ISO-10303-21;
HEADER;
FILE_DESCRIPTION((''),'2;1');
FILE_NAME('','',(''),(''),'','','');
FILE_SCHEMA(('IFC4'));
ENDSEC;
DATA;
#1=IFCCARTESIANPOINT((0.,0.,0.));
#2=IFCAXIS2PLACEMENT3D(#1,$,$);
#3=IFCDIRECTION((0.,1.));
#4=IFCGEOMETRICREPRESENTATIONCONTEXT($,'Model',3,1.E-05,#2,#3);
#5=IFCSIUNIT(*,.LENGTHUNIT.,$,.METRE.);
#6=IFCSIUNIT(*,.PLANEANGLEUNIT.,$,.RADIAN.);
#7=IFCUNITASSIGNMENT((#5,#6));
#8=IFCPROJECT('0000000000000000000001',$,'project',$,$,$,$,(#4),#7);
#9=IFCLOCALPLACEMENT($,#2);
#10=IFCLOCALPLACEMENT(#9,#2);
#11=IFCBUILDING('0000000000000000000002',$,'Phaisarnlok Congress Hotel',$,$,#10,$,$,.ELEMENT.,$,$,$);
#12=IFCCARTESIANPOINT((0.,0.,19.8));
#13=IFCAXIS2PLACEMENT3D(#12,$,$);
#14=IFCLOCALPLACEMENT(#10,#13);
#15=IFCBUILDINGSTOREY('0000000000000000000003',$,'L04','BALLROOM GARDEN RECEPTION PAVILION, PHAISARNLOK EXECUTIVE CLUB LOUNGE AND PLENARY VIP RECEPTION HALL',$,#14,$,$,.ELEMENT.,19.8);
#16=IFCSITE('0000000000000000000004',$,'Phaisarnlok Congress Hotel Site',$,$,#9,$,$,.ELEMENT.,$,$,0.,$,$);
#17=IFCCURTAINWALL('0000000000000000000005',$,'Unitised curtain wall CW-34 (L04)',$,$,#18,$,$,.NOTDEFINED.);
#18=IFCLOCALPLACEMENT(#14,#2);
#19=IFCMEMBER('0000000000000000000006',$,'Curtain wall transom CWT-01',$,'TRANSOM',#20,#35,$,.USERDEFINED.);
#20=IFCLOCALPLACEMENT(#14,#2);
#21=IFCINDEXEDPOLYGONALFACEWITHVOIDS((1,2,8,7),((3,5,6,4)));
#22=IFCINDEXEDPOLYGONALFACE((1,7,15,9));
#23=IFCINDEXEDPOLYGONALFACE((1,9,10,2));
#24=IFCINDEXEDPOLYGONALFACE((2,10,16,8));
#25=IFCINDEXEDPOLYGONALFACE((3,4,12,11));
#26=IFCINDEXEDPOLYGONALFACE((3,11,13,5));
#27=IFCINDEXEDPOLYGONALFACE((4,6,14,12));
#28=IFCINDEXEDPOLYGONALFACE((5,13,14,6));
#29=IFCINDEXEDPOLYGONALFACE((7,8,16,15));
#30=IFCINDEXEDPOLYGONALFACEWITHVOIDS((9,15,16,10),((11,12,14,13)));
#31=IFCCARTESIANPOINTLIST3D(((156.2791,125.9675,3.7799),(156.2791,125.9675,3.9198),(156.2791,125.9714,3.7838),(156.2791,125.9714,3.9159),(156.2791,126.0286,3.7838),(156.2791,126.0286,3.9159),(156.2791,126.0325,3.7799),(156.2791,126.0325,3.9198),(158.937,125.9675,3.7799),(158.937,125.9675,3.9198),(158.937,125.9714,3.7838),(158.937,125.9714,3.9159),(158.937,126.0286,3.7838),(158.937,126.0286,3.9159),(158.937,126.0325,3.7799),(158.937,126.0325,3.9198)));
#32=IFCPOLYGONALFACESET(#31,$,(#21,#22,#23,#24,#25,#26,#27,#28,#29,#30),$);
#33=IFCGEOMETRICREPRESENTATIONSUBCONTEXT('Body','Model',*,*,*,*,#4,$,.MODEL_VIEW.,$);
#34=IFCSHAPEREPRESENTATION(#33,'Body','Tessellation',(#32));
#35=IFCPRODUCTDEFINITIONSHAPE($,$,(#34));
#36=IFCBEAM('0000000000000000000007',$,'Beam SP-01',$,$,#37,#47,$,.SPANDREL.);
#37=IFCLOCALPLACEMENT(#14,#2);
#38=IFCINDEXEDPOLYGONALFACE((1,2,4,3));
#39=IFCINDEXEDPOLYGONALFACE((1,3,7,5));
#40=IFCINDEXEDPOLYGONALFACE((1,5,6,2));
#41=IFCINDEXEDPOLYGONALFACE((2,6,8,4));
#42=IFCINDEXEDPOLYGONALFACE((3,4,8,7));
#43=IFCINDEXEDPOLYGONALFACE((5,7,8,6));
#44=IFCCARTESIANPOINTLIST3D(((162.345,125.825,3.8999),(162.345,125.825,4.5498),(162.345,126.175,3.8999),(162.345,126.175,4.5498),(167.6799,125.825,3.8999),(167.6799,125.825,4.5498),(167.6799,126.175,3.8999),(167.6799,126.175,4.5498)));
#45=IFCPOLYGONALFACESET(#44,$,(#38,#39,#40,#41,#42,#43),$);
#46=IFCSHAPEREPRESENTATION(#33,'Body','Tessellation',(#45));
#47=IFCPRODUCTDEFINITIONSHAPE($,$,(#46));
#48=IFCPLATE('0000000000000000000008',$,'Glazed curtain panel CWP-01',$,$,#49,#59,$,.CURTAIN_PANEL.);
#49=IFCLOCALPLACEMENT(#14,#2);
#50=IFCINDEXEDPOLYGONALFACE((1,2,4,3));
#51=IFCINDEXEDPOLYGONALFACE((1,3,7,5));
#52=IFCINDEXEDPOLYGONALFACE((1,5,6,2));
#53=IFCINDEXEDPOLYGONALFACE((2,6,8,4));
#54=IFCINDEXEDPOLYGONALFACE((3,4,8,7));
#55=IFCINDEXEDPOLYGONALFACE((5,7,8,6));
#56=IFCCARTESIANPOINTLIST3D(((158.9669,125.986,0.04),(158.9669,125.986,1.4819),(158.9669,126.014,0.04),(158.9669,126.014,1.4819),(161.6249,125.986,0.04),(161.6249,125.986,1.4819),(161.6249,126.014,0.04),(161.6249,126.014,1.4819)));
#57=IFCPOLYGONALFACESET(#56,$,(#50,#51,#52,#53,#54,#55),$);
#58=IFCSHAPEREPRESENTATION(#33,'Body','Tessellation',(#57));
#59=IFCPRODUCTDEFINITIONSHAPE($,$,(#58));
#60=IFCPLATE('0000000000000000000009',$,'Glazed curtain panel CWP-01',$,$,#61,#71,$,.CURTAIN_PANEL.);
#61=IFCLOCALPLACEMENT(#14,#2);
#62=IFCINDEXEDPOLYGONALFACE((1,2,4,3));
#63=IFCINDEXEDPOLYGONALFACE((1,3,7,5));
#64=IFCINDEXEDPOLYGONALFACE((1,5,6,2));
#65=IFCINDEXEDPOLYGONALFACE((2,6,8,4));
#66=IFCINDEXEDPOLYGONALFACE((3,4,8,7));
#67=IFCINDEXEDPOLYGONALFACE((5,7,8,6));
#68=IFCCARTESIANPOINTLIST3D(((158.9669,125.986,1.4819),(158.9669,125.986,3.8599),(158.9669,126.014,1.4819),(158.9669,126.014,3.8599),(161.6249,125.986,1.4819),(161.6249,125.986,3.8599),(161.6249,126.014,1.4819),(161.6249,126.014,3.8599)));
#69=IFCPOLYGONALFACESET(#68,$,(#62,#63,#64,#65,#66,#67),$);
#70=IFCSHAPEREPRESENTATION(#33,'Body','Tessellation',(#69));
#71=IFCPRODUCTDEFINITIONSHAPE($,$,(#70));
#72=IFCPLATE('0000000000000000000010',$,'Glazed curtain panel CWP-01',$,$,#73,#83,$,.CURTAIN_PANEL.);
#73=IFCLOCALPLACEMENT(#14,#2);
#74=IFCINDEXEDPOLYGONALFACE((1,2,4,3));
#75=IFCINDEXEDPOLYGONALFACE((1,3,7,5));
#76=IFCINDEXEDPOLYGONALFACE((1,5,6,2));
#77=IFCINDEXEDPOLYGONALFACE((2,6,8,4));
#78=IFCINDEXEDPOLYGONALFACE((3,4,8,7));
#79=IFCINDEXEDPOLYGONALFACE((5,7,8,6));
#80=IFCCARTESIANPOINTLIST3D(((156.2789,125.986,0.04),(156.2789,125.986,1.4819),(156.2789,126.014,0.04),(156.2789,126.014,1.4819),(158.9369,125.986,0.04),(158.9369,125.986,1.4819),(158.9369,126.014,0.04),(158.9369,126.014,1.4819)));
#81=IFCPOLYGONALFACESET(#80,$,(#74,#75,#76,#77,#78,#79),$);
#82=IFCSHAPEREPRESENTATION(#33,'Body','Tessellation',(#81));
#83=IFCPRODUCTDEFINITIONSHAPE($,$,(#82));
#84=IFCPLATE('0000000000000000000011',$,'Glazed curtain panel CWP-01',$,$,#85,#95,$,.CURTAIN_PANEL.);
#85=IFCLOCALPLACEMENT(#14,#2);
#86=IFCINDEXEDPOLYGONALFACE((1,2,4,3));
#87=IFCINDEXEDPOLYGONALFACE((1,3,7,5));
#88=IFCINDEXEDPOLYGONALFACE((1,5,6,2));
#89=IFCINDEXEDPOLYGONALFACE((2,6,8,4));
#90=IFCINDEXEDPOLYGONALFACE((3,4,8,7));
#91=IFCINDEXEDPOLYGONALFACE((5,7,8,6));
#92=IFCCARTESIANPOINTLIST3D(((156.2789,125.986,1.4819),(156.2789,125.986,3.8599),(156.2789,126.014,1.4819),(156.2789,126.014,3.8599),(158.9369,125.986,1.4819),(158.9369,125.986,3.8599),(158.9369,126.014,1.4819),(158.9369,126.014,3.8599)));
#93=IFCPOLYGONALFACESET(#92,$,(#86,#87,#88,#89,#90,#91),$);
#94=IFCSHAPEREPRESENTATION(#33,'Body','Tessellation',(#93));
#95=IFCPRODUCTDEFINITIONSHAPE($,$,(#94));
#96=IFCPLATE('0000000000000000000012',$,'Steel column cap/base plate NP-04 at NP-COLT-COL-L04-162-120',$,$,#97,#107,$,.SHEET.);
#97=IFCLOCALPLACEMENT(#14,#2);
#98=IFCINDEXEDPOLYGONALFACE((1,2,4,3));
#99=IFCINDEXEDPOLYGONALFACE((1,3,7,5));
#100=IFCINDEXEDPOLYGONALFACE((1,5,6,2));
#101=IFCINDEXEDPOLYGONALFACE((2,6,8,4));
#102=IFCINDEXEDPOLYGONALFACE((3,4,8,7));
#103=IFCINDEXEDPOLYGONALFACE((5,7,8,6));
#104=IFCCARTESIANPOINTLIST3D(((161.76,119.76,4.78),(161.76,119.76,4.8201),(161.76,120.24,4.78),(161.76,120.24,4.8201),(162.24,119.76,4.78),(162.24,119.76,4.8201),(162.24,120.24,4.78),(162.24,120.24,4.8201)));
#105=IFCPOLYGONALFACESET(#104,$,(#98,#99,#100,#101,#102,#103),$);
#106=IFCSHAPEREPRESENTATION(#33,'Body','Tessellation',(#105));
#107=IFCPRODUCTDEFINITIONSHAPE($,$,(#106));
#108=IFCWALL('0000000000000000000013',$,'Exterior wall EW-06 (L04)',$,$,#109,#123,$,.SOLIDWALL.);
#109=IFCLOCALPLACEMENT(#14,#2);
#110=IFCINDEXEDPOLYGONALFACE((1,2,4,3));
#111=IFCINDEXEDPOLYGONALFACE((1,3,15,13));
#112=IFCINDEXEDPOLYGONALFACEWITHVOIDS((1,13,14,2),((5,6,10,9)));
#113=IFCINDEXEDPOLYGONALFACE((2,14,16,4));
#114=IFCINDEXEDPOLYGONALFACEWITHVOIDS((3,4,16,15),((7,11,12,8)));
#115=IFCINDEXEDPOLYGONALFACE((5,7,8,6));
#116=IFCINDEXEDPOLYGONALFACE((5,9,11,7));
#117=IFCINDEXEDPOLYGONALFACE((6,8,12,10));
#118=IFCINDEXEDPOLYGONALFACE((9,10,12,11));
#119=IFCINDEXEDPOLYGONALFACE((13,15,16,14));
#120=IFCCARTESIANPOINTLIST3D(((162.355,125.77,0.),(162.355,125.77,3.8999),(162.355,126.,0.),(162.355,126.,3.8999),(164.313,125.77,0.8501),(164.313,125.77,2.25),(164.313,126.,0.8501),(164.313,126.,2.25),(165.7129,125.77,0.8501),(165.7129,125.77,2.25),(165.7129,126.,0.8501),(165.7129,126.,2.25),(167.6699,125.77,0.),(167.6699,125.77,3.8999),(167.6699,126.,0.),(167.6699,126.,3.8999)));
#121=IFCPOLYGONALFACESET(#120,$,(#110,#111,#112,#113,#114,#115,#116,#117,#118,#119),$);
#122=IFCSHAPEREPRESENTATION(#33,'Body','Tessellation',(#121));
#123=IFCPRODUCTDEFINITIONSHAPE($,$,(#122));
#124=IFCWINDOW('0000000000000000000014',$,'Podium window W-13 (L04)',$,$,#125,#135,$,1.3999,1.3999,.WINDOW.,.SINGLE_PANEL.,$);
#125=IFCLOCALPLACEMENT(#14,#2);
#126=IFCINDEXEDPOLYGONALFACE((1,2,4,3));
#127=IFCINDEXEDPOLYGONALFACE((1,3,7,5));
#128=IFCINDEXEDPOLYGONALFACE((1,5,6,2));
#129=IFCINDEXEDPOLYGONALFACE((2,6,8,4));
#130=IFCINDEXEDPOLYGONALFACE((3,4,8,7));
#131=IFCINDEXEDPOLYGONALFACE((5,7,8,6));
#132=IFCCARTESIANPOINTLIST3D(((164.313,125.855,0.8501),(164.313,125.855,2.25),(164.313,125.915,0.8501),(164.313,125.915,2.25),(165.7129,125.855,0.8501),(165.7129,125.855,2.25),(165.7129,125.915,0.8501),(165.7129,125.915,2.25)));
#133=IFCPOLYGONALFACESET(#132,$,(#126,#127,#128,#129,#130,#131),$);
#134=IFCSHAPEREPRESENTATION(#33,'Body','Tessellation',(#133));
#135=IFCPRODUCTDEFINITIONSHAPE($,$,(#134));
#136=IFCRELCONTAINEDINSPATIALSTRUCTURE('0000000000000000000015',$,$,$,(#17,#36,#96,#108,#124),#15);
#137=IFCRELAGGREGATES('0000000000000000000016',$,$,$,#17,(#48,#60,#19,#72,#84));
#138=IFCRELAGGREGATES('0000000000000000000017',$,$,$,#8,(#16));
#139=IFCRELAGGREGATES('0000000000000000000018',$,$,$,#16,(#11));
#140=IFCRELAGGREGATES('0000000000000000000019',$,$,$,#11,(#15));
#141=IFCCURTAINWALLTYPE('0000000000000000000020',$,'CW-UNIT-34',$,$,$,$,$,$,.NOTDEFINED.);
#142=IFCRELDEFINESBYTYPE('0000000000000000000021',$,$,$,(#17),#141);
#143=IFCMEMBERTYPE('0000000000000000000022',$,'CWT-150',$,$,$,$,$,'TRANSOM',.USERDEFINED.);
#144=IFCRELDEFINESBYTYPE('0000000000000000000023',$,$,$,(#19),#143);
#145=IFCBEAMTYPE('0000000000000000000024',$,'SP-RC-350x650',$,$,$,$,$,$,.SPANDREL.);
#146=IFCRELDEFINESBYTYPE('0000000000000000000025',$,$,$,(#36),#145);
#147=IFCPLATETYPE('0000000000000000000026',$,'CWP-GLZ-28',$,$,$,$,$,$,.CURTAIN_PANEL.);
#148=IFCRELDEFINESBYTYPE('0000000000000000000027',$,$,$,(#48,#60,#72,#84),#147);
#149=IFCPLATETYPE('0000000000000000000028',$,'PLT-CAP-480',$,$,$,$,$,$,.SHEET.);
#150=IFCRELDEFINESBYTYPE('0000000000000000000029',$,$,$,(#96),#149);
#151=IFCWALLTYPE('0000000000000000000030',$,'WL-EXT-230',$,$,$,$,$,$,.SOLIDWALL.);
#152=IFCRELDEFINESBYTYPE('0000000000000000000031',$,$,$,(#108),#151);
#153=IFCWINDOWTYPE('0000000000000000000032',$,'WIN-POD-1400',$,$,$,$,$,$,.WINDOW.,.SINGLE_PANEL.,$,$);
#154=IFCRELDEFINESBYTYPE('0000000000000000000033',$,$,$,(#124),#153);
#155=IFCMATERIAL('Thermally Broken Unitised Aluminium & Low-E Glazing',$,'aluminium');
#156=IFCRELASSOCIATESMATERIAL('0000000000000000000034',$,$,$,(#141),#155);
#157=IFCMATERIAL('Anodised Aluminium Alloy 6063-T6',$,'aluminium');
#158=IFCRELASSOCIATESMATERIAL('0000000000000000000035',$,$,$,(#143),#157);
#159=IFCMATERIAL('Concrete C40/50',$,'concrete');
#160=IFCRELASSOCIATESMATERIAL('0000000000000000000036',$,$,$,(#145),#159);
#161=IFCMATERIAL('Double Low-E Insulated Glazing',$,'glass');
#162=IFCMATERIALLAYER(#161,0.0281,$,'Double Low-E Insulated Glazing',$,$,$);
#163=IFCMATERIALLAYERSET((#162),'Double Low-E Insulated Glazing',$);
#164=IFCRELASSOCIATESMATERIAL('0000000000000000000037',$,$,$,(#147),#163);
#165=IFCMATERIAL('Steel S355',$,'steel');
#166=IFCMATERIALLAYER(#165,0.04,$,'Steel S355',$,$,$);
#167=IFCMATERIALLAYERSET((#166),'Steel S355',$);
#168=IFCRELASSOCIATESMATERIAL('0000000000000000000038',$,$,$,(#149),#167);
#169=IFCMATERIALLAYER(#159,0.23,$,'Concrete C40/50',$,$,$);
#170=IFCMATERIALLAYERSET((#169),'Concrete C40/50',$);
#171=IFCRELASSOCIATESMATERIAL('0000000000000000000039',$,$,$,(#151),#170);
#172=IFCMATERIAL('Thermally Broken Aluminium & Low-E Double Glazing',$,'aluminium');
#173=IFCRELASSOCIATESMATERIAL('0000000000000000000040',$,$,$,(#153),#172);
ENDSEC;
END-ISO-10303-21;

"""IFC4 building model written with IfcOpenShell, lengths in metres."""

from ifc_helpers import new_model, si_unit, direction, frame, frame_2d, origin, origin_2d, place, context, subcontext, project, spatial, rectangle, hollow_rectangle, extrude, material, layer, layer_set, material_profile, profile_set, type_object, element, fill, aggregate, save


model = new_model("IFC4")

# Units and contexts
model_context = context("Model", 3, precision=1e-05, world=origin(), true_north=direction((0.0, 1.0)))
body_context = subcontext(model_context, "Body", "Model", "MODEL_VIEW")
ifc_project = project(units=[si_unit("LENGTHUNIT", "METRE"), si_unit("PLANEANGLEUNIT", "RADIAN")], contexts=[model_context])

# Site, building, storey
site_placement = place(None, origin())
site = spatial("IfcSite", under=ifc_project, at=site_placement, Name="Phaisarnlok Congress Hotel Site", CompositionType="ELEMENT", RefElevation=0.0)
building_placement = place(site_placement, origin())
building = spatial("IfcBuilding", under=site, at=building_placement, Name="Phaisarnlok Congress Hotel", CompositionType="ELEMENT")
storey_placement = place(building_placement, frame((0.0, 0.0, 19.8)))
storey = spatial("IfcBuildingStorey", under=building, at=storey_placement, Name="L04", Description="BALLROOM GARDEN RECEPTION PAVILION, PHAISARNLOK EXECUTIVE CLUB LOUNGE AND PLENARY VIP RECEPTION HALL", CompositionType="ELEMENT", Elevation=19.8)

# Shared definitions
ifc_material_1 = material(Name="Steel S355", Category="steel")

# Shared definitions
ifc_material_2 = material(Name="Concrete C40/50", Category="concrete")

# Curtain wall, member
ifc_material_3 = material(Name="Thermally Broken Unitised Aluminium & Low-E Glazing", Category="aluminium")
curtain_wall_type = type_object("IfcCurtainWallType", Name="CW-UNIT-34", PredefinedType="NOTDEFINED", material=ifc_material_3)
curtain_wall_placement = place(storey_placement, origin())
curtain_wall = element("IfcCurtainWall", 1, at=curtain_wall_placement, inside=storey, type_object=curtain_wall_type, Name="Unitised curtain wall CW-34 (L04)", PredefinedType="NOTDEFINED")
ifc_material_4 = material(Name="Anodised Aluminium Alloy 6063-T6", Category="aluminium")
ifc_material_profile_1 = material_profile(ifc_material_4, hollow_rectangle(XDim=0.0649, YDim=0.1399, WallThickness=0.0039, at=origin_2d()), Name="ALU-T 65x140x4")
ifc_profile_set_1 = profile_set([ifc_material_profile_1], Name="Anodised Aluminium Alloy 6063-T6")
member_type_1 = type_object("IfcMemberType", Name="CWT-150", ElementType="TRANSOM", PredefinedType="USERDEFINED", material=ifc_profile_set_1)
member_1_placement = place(storey_placement, frame((158.937, 126.0, 3.8499), z_axis=(-1.0, 0.0, 0.0), x_axis=(0.0, -1.0, 0.0)))
member_1 = element("IfcMember", 2, at=member_1_placement, type_object=member_type_1, Name="Curtain wall transom CWT-01", ObjectType="TRANSOM", PredefinedType="USERDEFINED", context=body_context, shape_type="SweptSolid", body=[
    extrude(hollow_rectangle(XDim=0.0649, YDim=0.1399, WallThickness=0.0039, at=origin_2d()), origin(), (0.0, 0.0, 1.0), 2.658),
])

# Beam
ifc_material_profile_2 = material_profile(ifc_material_2, rectangle(XDim=0.3501, YDim=0.6499, at=origin_2d()), Name="RC 350x650")
ifc_profile_set_2 = profile_set([ifc_material_profile_2], Name="Concrete C40/50")
beam_type_1 = type_object("IfcBeamType", Name="SP-RC-350x650", PredefinedType="SPANDREL", material=ifc_profile_set_2)
beam_1_placement = place(storey_placement, frame((162.345, 126.0, 4.2249), z_axis=(1.0, 0.0, 0.0), x_axis=(0.0, 1.0, 0.0)))
element("IfcBeam", 3, at=beam_1_placement, inside=storey, type_object=beam_type_1, Name="Beam SP-01", PredefinedType="SPANDREL", context=body_context, shape_type="SweptSolid", body=[
    extrude(rectangle(XDim=0.3501, YDim=0.6499, at=origin_2d()), origin(), (0.0, 0.0, 1.0), 5.335),
])

# Plates
ifc_material_5 = material(Name="Double Low-E Insulated Glazing", Category="glass")
ifc_layer_1 = layer(ifc_material_5, 0.0281, Name="Double Low-E Insulated Glazing")
ifc_layer_set_1 = layer_set([ifc_layer_1], Name="Double Low-E Insulated Glazing")
plate_type_1 = type_object("IfcPlateType", Name="CWP-GLZ-28", PredefinedType="CURTAIN_PANEL", material=ifc_layer_set_1)
plate_1_placement = place(storey_placement, frame((161.625, 126.0, 0.04), z_axis=(0.0, 0.0, 1.0), x_axis=(-1.0, 0.0, 0.0)))
plate_1 = element("IfcPlate", 4, at=plate_1_placement, type_object=plate_type_1, Name="Glazed curtain panel CWP-01", PredefinedType="CURTAIN_PANEL", context=body_context, shape_type="SweptSolid", body=[
    extrude(rectangle(XDim=2.658, YDim=0.0281, at=frame_2d((1.3291, 0.0))), origin(), (0.0, 0.0, 1.0), 1.4419),
])
plate_2_placement = place(storey_placement, frame((161.625, 126.0, 1.4819), z_axis=(0.0, 0.0, 1.0), x_axis=(-1.0, 0.0, 0.0)))
plate_2 = element("IfcPlate", 5, at=plate_2_placement, type_object=plate_type_1, Name="Glazed curtain panel CWP-01", PredefinedType="CURTAIN_PANEL", context=body_context, shape_type="SweptSolid", body=[
    extrude(rectangle(XDim=2.658, YDim=0.0281, at=frame_2d((1.3291, 0.0))), origin(), (0.0, 0.0, 1.0), 2.3779),
])
plate_3_placement = place(storey_placement, frame((158.937, 126.0, 0.04), z_axis=(0.0, 0.0, 1.0), x_axis=(-1.0, 0.0, 0.0)))
plate_3 = element("IfcPlate", 6, at=plate_3_placement, type_object=plate_type_1, Name="Glazed curtain panel CWP-01", PredefinedType="CURTAIN_PANEL", context=body_context, shape_type="SweptSolid", body=[
    extrude(rectangle(XDim=2.658, YDim=0.0281, at=frame_2d((1.3291, 0.0))), origin(), (0.0, 0.0, 1.0), 1.4419),
])
plate_4_placement = place(storey_placement, frame((158.937, 126.0, 1.4819), z_axis=(0.0, 0.0, 1.0), x_axis=(-1.0, 0.0, 0.0)))
plate_4 = element("IfcPlate", 7, at=plate_4_placement, type_object=plate_type_1, Name="Glazed curtain panel CWP-01", PredefinedType="CURTAIN_PANEL", context=body_context, shape_type="SweptSolid", body=[
    extrude(rectangle(XDim=2.658, YDim=0.0281, at=frame_2d((1.3291, 0.0))), origin(), (0.0, 0.0, 1.0), 2.3779),
])
aggregate(curtain_wall, [plate_1, plate_2, member_1, plate_3, plate_4])
ifc_layer_2 = layer(ifc_material_1, 0.04, Name="Steel S355")
ifc_layer_set_2 = layer_set([ifc_layer_2], Name="Steel S355")
plate_type_2 = type_object("IfcPlateType", Name="PLT-CAP-480", PredefinedType="SHEET", material=ifc_layer_set_2)
plate_5_placement = place(storey_placement, frame((162.0, 120.0, 4.78), z_axis=(0.0, 0.0, 1.0), x_axis=(1.0, 0.0, 0.0)))
element("IfcPlate", 8, at=plate_5_placement, inside=storey, type_object=plate_type_2, Name="Steel column cap/base plate NP-04 at NP-COLT-COL-L04-162-120", PredefinedType="SHEET", context=body_context, shape_type="SweptSolid", body=[
    extrude(rectangle(XDim=0.48, YDim=0.48, at=origin_2d()), origin(), (0.0, 0.0, 1.0), 0.04),
])

# Wall, opening, window
ifc_layer_3 = layer(ifc_material_2, 0.23, Name="Concrete C40/50")
ifc_layer_set_3 = layer_set([ifc_layer_3], Name="Concrete C40/50")
wall_type = type_object("IfcWallType", Name="WL-EXT-230", PredefinedType="SOLIDWALL", material=ifc_layer_set_3)
wall_placement = place(storey_placement, frame((167.6699, 125.885, 0.0), z_axis=(0.0, 0.0, 1.0), x_axis=(-1.0, 0.0, 0.0)))
wall = element("IfcWall", 9, at=wall_placement, inside=storey, type_object=wall_type, Name="Exterior wall EW-06 (L04)", PredefinedType="SOLIDWALL", context=body_context, shape_type="SweptSolid", body=[
    extrude(rectangle(XDim=5.3149, YDim=0.23, at=frame_2d((2.6575, 0.0))), origin(), (0.0, 0.0, 1.0), 3.8999),
])
opening_placement = place(wall_placement, frame((1.957, 0.0, 0.8501)))
opening = element("IfcOpeningElement", 10, at=opening_placement, cuts=wall, PredefinedType="OPENING", context=body_context, shape_type="SweptSolid", body=[
    extrude(rectangle(XDim=1.3999, YDim=1.3999, at=frame_2d((0.7, 0.7))), frame((0.0, 0.125, 0.0), z_axis=(0.0, -1.0, 0.0), x_axis=(1.0, 0.0, 0.0)), (0.0, 0.0, 1.0), 0.25),
])
ifc_material_6 = material(Name="Thermally Broken Aluminium & Low-E Double Glazing", Category="aluminium")
window_type = type_object("IfcWindowType", Name="WIN-POD-1400", PartitioningType="SINGLE_PANEL", PredefinedType="WINDOW", material=ifc_material_6)
window_placement = place(opening_placement, origin())
window = element("IfcWindow", 11, at=window_placement, inside=storey, type_object=window_type, Name="Podium window W-13 (L04)", OverallHeight=1.3999, OverallWidth=1.3999, PartitioningType="SINGLE_PANEL", PredefinedType="WINDOW", context=body_context, shape_type="SweptSolid", body=[
    extrude(rectangle(XDim=1.3999, YDim=1.3999, at=frame_2d((0.7, 0.7))), frame((0.0, 0.03, 0.0), z_axis=(0.0, -1.0, 0.0), x_axis=(1.0, 0.0, 0.0)), (0.0, 0.0, 1.0), 0.0601),
])
fill(opening, window)

save(model, "model.ifc")
